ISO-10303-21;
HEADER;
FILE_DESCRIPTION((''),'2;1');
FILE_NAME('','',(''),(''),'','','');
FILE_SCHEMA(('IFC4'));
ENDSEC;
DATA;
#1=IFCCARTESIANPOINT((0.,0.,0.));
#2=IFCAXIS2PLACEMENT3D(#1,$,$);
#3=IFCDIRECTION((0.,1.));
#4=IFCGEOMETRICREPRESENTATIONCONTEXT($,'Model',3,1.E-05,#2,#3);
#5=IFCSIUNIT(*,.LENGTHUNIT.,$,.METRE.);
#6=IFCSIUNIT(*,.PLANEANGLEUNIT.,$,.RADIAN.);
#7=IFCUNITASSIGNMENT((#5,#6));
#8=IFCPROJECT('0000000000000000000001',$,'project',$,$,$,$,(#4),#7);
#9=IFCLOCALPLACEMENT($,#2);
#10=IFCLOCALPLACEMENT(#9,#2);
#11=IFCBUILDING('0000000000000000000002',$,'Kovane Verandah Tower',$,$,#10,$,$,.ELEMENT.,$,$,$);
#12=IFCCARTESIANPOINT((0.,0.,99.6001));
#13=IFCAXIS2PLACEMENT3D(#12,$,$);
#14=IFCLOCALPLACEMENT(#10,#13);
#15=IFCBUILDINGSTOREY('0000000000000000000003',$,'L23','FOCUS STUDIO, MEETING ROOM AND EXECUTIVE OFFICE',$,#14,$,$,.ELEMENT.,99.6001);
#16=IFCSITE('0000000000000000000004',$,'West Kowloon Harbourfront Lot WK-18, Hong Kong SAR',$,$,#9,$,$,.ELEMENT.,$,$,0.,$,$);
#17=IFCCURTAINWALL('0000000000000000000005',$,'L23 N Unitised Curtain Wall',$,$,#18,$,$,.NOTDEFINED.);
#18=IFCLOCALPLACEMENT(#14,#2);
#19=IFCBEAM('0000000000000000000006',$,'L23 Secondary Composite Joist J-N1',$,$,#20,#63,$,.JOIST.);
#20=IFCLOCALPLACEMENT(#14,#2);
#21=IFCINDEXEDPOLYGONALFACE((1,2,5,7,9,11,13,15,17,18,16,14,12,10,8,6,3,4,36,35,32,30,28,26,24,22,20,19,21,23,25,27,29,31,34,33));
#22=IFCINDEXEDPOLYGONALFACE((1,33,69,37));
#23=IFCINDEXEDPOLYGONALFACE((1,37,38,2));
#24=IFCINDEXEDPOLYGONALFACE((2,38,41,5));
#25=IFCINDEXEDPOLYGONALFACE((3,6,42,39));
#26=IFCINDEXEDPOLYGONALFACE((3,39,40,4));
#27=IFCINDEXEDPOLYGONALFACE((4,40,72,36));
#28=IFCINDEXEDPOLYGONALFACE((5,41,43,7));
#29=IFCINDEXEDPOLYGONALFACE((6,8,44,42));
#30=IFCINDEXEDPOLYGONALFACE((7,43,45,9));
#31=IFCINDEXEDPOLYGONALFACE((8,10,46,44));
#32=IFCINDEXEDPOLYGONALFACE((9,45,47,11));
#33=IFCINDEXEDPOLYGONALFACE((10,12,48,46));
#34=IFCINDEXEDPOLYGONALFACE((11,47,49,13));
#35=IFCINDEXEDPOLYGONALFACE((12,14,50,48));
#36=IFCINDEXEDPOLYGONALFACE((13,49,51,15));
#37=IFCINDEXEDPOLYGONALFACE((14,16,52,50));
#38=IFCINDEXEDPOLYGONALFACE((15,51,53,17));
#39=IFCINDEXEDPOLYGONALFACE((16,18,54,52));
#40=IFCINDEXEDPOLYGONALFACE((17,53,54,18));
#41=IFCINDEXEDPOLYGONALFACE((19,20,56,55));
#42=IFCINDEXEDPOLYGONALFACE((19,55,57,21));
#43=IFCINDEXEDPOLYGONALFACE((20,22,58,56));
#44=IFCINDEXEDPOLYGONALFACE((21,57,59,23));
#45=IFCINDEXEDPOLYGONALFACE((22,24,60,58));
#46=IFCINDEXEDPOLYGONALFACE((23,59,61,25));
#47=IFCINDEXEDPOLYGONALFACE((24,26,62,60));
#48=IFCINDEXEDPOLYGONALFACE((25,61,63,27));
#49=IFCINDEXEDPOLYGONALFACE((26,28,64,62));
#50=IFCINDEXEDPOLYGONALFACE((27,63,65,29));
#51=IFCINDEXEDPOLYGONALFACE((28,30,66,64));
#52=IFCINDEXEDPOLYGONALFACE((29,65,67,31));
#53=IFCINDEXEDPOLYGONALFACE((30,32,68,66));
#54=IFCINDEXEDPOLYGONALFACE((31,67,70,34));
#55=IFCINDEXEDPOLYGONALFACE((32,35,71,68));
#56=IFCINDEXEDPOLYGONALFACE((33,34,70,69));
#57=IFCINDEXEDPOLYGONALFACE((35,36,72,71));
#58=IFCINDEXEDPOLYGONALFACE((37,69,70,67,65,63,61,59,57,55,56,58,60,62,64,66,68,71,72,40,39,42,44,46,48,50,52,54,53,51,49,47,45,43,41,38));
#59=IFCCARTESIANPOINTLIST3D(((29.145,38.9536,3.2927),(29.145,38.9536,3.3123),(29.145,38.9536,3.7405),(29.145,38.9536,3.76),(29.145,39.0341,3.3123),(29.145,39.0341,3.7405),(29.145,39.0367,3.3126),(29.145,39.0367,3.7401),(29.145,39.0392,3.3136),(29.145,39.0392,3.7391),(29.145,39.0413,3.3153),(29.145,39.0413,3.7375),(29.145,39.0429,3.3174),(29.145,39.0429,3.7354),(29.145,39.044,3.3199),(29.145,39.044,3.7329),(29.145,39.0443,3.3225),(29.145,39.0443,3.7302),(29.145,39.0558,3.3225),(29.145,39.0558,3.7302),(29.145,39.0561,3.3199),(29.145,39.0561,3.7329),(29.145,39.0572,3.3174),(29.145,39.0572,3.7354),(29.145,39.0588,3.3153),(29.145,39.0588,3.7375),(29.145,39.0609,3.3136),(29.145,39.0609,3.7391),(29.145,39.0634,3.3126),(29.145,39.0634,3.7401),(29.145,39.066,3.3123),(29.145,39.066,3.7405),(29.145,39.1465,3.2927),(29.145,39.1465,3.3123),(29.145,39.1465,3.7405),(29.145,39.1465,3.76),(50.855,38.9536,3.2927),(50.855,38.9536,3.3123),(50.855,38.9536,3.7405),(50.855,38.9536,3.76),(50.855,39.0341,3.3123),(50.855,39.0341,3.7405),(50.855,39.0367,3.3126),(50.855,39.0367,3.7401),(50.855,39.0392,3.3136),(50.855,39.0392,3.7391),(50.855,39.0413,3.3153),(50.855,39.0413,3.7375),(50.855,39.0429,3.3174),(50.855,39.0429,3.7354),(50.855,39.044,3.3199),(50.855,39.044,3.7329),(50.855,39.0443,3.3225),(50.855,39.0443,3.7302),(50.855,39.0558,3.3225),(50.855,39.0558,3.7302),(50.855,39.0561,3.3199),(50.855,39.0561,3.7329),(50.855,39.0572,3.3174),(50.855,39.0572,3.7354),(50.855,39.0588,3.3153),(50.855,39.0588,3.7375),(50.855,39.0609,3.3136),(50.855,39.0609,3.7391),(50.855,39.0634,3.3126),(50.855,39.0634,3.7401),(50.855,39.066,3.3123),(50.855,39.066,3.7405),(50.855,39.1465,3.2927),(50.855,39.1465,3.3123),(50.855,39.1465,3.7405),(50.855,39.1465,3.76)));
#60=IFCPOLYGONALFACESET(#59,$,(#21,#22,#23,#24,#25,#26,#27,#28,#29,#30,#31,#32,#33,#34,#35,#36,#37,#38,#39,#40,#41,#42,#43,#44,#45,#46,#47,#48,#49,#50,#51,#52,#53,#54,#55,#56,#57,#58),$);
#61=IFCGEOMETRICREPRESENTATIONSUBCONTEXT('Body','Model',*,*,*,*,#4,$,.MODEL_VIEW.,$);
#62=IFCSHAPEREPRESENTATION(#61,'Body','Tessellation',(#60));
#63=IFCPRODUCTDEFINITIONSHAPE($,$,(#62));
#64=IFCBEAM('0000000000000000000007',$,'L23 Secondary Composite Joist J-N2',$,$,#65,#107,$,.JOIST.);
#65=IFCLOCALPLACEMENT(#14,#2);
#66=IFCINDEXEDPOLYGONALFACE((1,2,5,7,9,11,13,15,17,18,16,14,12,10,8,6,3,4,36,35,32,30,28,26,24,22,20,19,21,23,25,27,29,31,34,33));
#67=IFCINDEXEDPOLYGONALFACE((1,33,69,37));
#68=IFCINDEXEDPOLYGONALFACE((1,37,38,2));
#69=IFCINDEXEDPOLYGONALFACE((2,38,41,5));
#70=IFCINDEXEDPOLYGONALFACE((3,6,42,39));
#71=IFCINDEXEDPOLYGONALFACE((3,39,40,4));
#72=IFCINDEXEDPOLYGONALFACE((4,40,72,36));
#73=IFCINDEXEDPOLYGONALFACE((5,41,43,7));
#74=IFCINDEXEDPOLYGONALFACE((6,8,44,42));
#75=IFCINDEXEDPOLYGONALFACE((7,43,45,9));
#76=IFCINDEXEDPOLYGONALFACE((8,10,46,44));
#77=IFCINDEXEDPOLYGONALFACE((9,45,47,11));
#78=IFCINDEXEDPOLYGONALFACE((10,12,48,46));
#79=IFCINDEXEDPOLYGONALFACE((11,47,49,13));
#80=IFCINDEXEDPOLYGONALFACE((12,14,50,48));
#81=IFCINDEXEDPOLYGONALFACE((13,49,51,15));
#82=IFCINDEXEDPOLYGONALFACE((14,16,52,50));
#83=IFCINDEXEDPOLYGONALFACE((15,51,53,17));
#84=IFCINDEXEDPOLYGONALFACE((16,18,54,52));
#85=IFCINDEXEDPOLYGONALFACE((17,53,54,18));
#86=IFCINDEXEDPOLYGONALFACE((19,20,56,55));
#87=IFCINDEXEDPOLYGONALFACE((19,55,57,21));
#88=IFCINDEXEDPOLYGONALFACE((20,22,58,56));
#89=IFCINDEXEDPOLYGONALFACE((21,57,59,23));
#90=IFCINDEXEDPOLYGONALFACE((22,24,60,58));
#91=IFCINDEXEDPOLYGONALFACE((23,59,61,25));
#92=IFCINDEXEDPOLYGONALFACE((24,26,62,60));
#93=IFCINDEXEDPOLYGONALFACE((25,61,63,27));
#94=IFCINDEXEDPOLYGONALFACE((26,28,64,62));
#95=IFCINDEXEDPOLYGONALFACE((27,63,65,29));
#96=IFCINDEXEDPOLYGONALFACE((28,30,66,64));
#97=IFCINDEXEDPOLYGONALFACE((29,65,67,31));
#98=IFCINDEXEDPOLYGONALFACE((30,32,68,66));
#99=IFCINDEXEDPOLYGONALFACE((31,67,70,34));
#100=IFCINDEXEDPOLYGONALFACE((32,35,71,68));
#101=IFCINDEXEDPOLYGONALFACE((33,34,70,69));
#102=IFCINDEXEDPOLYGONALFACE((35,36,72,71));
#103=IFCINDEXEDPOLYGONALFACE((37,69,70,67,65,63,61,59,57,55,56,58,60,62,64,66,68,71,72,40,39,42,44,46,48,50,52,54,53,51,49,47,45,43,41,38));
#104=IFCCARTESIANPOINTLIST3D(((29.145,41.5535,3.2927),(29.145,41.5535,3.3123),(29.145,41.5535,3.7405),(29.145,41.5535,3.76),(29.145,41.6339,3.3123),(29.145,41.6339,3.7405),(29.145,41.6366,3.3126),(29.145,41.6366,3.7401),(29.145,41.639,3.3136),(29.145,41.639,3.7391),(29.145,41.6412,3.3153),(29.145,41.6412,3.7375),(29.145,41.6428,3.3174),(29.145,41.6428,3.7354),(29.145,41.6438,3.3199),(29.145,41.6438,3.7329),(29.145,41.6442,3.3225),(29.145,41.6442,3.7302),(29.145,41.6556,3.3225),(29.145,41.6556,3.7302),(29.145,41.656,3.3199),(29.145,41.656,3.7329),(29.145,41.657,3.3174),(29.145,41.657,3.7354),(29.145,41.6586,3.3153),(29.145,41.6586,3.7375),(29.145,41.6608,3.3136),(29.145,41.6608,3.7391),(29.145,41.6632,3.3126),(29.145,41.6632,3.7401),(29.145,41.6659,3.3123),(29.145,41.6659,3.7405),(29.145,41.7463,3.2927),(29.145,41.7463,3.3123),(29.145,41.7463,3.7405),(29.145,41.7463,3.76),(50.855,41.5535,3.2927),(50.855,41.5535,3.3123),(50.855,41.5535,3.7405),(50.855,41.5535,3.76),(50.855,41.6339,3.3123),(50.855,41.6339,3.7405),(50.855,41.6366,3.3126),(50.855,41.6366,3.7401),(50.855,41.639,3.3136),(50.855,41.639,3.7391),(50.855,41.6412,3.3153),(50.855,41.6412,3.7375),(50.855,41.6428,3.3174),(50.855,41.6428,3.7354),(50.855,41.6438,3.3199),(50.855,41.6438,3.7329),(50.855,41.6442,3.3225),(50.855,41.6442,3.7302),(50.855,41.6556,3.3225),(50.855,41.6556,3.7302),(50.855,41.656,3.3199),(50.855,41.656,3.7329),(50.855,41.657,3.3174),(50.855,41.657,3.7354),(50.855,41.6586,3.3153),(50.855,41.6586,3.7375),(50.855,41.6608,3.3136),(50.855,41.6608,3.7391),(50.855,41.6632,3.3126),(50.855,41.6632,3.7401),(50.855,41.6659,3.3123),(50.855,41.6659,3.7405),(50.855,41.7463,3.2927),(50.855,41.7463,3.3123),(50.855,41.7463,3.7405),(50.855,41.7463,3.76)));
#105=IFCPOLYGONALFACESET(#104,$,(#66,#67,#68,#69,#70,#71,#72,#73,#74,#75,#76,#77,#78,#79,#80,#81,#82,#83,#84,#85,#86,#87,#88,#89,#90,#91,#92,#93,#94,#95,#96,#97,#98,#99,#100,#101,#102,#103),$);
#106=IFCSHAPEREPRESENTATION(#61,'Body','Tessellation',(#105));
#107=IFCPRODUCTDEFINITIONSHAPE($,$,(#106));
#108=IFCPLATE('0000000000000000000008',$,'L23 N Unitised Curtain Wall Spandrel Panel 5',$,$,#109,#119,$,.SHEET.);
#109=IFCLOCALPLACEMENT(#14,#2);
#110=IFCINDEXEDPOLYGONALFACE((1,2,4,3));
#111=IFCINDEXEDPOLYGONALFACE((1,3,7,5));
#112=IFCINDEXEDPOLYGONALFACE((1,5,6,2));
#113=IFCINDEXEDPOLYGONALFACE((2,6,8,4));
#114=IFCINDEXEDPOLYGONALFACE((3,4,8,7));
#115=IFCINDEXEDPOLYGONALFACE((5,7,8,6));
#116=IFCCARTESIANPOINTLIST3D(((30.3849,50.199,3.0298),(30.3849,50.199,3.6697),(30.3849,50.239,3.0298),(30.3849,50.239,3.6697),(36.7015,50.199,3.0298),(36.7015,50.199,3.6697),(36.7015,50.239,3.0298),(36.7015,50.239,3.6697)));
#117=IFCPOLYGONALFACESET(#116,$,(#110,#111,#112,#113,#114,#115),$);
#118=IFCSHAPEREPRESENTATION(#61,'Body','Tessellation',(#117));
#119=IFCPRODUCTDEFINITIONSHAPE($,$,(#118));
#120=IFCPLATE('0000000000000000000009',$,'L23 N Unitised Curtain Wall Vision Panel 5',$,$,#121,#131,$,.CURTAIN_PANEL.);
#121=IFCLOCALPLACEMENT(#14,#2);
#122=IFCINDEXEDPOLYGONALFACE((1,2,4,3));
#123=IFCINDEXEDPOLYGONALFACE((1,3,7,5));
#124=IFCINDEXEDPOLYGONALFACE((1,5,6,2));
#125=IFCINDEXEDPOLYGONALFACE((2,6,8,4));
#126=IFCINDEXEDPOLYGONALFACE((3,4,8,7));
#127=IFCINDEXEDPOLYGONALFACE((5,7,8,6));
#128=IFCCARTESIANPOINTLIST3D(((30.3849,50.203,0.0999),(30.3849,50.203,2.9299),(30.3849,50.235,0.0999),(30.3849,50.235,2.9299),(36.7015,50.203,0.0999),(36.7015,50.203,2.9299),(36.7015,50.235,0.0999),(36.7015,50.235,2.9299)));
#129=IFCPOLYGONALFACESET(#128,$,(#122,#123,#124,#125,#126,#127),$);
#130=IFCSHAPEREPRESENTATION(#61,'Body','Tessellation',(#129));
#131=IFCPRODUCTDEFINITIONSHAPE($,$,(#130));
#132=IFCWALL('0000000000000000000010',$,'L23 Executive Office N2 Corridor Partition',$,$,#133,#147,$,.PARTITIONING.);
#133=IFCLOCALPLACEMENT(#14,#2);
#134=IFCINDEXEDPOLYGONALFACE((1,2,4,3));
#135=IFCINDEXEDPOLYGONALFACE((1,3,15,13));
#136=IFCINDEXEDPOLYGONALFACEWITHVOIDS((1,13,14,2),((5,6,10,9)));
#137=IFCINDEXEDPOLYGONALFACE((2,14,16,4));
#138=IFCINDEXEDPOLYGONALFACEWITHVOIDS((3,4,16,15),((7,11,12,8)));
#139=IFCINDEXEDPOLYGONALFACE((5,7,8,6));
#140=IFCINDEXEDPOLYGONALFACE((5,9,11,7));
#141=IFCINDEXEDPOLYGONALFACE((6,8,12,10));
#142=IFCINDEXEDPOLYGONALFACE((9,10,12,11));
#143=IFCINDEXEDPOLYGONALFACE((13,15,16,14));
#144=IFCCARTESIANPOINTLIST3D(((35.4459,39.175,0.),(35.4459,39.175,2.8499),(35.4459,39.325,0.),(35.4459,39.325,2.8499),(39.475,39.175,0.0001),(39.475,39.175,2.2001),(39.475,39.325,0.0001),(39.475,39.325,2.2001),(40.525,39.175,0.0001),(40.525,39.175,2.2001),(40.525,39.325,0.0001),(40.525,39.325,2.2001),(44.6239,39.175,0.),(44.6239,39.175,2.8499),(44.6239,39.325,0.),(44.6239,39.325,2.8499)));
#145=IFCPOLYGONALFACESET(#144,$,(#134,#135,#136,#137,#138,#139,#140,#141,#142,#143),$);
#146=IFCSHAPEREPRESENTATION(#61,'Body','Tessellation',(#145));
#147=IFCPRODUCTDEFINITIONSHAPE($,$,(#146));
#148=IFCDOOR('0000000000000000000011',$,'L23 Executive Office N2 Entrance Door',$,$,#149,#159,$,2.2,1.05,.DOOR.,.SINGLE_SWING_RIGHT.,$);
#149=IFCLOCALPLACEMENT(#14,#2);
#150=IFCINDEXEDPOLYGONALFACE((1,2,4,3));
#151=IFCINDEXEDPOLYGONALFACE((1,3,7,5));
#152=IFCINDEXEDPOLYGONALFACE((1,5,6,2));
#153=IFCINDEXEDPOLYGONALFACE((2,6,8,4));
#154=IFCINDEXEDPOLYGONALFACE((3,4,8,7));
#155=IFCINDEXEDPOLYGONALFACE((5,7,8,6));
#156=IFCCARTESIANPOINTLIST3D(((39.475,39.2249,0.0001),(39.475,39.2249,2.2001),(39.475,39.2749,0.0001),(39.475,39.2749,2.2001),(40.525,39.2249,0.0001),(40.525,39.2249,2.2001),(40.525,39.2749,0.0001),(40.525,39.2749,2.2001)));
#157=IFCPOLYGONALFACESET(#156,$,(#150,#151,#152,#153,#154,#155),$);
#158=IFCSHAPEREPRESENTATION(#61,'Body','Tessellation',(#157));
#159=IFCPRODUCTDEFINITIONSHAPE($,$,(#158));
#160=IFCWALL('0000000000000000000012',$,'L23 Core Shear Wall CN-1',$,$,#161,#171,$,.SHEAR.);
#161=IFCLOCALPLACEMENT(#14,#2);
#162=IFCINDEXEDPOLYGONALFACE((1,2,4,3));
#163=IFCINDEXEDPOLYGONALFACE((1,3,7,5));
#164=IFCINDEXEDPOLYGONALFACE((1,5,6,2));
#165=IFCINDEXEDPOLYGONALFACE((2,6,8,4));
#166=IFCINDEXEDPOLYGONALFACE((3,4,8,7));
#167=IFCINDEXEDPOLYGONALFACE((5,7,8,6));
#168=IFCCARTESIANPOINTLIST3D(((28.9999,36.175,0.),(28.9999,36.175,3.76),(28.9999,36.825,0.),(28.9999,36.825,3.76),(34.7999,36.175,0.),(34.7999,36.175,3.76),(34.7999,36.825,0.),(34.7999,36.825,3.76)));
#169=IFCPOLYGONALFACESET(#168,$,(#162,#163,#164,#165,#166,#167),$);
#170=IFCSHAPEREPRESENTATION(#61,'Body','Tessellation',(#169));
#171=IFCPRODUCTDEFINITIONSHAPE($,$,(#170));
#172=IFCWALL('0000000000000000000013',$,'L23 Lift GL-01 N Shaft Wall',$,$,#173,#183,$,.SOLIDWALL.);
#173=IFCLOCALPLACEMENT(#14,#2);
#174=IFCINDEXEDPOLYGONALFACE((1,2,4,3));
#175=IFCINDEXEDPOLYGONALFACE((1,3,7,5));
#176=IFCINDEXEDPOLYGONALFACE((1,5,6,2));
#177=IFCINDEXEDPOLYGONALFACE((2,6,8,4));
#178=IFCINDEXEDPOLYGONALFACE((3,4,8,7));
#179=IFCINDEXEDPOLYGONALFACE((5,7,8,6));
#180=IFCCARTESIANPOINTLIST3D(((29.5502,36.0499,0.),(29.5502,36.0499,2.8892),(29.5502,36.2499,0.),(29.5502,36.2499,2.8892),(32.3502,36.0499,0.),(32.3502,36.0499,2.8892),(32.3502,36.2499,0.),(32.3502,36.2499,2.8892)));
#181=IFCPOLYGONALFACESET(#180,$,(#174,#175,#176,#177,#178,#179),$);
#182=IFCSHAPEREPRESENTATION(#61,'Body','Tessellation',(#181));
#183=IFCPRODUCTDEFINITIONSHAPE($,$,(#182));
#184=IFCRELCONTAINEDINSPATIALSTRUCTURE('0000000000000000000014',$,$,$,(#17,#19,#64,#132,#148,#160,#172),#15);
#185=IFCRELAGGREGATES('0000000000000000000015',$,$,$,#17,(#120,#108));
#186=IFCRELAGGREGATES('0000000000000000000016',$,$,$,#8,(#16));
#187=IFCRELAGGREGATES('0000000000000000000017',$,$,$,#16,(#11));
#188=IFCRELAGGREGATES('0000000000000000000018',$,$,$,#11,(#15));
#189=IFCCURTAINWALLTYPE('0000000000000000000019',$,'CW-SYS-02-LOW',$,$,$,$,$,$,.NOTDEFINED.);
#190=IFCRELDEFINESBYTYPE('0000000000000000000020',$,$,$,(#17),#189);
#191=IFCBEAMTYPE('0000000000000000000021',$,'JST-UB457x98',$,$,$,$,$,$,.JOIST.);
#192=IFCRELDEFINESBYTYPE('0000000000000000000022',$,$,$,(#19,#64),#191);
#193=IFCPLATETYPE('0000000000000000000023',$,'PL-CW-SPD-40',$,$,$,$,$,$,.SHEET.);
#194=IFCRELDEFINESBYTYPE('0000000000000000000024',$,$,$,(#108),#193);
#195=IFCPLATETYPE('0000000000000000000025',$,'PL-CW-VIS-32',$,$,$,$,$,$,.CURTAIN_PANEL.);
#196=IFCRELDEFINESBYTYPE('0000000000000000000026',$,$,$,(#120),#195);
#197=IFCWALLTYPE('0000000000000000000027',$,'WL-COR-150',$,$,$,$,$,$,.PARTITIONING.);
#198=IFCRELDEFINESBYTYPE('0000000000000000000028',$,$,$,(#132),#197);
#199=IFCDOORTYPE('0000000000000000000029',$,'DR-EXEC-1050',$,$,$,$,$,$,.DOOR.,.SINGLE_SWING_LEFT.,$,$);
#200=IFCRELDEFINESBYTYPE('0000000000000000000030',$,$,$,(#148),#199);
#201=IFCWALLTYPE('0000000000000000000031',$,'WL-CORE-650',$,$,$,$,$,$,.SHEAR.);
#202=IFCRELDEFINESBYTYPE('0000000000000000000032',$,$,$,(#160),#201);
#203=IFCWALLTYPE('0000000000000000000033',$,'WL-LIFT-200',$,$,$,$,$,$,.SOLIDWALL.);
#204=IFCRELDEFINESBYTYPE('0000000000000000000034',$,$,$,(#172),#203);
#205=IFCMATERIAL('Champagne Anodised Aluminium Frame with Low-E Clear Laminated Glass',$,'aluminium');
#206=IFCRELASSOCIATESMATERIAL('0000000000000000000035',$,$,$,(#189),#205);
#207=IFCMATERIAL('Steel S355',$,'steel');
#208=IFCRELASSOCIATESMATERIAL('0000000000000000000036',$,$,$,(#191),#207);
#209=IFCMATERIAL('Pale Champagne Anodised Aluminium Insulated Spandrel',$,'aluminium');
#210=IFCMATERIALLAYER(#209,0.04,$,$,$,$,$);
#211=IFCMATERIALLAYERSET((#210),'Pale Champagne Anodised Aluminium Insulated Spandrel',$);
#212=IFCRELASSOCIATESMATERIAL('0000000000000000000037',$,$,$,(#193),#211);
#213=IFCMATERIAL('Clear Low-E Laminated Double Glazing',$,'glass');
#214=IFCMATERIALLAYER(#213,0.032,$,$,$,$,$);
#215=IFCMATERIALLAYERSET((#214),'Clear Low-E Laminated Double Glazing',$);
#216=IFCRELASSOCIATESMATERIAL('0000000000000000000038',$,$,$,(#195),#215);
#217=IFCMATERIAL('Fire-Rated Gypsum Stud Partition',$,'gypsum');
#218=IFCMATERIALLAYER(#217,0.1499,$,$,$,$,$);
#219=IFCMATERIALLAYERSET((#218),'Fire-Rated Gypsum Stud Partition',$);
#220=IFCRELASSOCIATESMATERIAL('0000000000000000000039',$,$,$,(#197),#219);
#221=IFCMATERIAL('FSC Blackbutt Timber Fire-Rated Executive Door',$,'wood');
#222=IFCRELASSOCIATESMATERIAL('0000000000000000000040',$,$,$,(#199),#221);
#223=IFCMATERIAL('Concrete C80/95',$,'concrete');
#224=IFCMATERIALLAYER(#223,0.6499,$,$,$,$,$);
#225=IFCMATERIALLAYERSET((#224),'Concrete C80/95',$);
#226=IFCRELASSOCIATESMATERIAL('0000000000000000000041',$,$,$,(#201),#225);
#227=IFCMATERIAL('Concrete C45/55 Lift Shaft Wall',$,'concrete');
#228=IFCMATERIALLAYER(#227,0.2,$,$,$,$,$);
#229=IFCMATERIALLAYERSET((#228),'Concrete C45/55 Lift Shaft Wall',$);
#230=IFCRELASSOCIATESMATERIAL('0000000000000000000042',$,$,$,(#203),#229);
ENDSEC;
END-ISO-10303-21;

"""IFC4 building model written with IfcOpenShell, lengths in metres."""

from ifc_helpers import new_model, si_unit, direction, frame, frame_2d, origin, origin_2d, place, context, subcontext, project, spatial, rectangle, i_section, extrude, material, layer, layer_set, material_profile, profile_set, type_object, element, fill, aggregate, save


model = new_model("IFC4")

# Units and contexts
model_context = context("Model", 3, precision=1e-05, world=origin(), true_north=direction((0.0, 1.0)))
body_context = subcontext(model_context, "Body", "Model", "MODEL_VIEW")
ifc_project = project(units=[si_unit("LENGTHUNIT", "METRE"), si_unit("PLANEANGLEUNIT", "RADIAN")], contexts=[model_context])

# Site, building, storey
site_placement = place(None, origin())
site = spatial("IfcSite", under=ifc_project, at=site_placement, Name="West Kowloon Harbourfront Lot WK-18, Hong Kong SAR", CompositionType="ELEMENT", RefElevation=0.0)
building_placement = place(site_placement, origin())
building = spatial("IfcBuilding", under=site, at=building_placement, Name="Kovane Verandah Tower", CompositionType="ELEMENT")
storey_placement = place(building_placement, frame((0.0, 0.0, 99.6001)))
storey = spatial("IfcBuildingStorey", under=building, at=storey_placement, Name="L23", Description="FOCUS STUDIO, MEETING ROOM AND EXECUTIVE OFFICE", CompositionType="ELEMENT", Elevation=99.6001)

# Shared definitions
ifc_material_1 = material(Name="Concrete C80/95", Category="concrete")

# Shared definitions
ifc_material_2 = material(Name="Steel S355", Category="steel")

# Curtain wall
ifc_material_3 = material(Name="Champagne Anodised Aluminium Frame with Low-E Clear Laminated Glass", Category="aluminium")
curtain_wall_type = type_object("IfcCurtainWallType", Name="CW-SYS-02-LOW", PredefinedType="NOTDEFINED", material=ifc_material_3)
curtain_wall_placement = place(storey_placement, origin())
curtain_wall = element("IfcCurtainWall", 1, at=curtain_wall_placement, inside=storey, type_object=curtain_wall_type, Name="L23 N Unitised Curtain Wall", PredefinedType="NOTDEFINED")

# Beams
ifc_material_profile_1 = material_profile(ifc_material_2, i_section(OverallWidth=0.1929, OverallDepth=0.4673, WebThickness=0.0115, FlangeThickness=0.0195, FilletRadius=0.0103, at=origin_2d()), Name="UB457x191x98")
ifc_profile_set_1 = profile_set([ifc_material_profile_1], Name="Steel S355")
beam_type_1 = type_object("IfcBeamType", Name="JST-UB457x98", PredefinedType="JOIST", material=ifc_profile_set_1)
for number, where, z_axis, x_axis, name in (
    (2, (29.145, 39.05, 3.5264), (1.0, 0.0, 0.0), (0.0, 1.0, 0.0), "L23 Secondary Composite Joist J-N1"),
    (3, (29.145, 41.6499, 3.5264), (1.0, 0.0, 0.0), (0.0, 1.0, 0.0), "L23 Secondary Composite Joist J-N2"),
):
    element("IfcBeam", number, at=place(storey_placement, frame(where, z_axis=z_axis, x_axis=x_axis)), inside=storey, type_object=beam_type_1, Name=name, PredefinedType="JOIST", context=body_context, shape_type="SweptSolid", body=[
        extrude(i_section(OverallWidth=0.1929, OverallDepth=0.4673, WebThickness=0.0115, FlangeThickness=0.0195, FilletRadius=0.0103, at=origin_2d()), origin(), (0.0, 0.0, 1.0), 21.71),
    ])

# Plates
ifc_material_4 = material(Name="Pale Champagne Anodised Aluminium Insulated Spandrel", Category="aluminium")
ifc_layer_1 = layer(ifc_material_4, 0.04)
ifc_layer_set_1 = layer_set([ifc_layer_1], Name="Pale Champagne Anodised Aluminium Insulated Spandrel")
plate_type_1 = type_object("IfcPlateType", Name="PL-CW-SPD-40", PredefinedType="SHEET", material=ifc_layer_set_1)
plate_1_placement = place(storey_placement, frame((33.5432, 50.219, 3.0298), z_axis=(0.0, 0.0, 1.0), x_axis=(-1.0, 0.0, 0.0)))
plate_1 = element("IfcPlate", 4, at=plate_1_placement, type_object=plate_type_1, Name="L23 N Unitised Curtain Wall Spandrel Panel 5", PredefinedType="SHEET", context=body_context, shape_type="SweptSolid", body=[
    extrude(rectangle(XDim=6.3167, YDim=0.04, at=origin_2d()), origin(), (0.0, 0.0, 1.0), 0.6399),
])
ifc_material_5 = material(Name="Clear Low-E Laminated Double Glazing", Category="glass")
ifc_layer_2 = layer(ifc_material_5, 0.032)
ifc_layer_set_2 = layer_set([ifc_layer_2], Name="Clear Low-E Laminated Double Glazing")
plate_type_2 = type_object("IfcPlateType", Name="PL-CW-VIS-32", PredefinedType="CURTAIN_PANEL", material=ifc_layer_set_2)
plate_2_placement = place(storey_placement, frame((33.5432, 50.219, 0.0999), z_axis=(0.0, 0.0, 1.0), x_axis=(-1.0, 0.0, 0.0)))
plate_2 = element("IfcPlate", 5, at=plate_2_placement, type_object=plate_type_2, Name="L23 N Unitised Curtain Wall Vision Panel 5", PredefinedType="CURTAIN_PANEL", context=body_context, shape_type="SweptSolid", body=[
    extrude(rectangle(XDim=6.3167, YDim=0.032, at=origin_2d()), origin(), (0.0, 0.0, 1.0), 2.8301),
])
aggregate(curtain_wall, [plate_2, plate_1])

# Wall, opening, door
ifc_material_6 = material(Name="Fire-Rated Gypsum Stud Partition", Category="gypsum")
ifc_layer_3 = layer(ifc_material_6, 0.1499)
ifc_layer_set_3 = layer_set([ifc_layer_3], Name="Fire-Rated Gypsum Stud Partition")
wall_type_1 = type_object("IfcWallType", Name="WL-COR-150", PredefinedType="PARTITIONING", material=ifc_layer_set_3)
wall_1_placement = place(storey_placement, frame((35.446, 39.25, 0.0), z_axis=(0.0, 0.0, 1.0), x_axis=(1.0, 0.0, 0.0)))
wall_1 = element("IfcWall", 6, at=wall_1_placement, inside=storey, type_object=wall_type_1, Name="L23 Executive Office N2 Corridor Partition", PredefinedType="PARTITIONING", context=body_context, shape_type="SweptSolid", body=[
    extrude(rectangle(XDim=9.178, YDim=0.1499, at=frame_2d((4.5889, 0.0))), origin(), (0.0, 0.0, 1.0), 2.8499),
])
opening_placement = place(wall_1_placement, frame((4.0291, 0.0, 0.0)))
opening = element("IfcOpeningElement", 7, at=opening_placement, cuts=wall_1, PredefinedType="OPENING", context=body_context, shape_type="SweptSolid", body=[
    extrude(rectangle(XDim=1.05, YDim=2.2, at=frame_2d((0.5249, 1.1001))), frame((0.0, 0.075, 0.0), z_axis=(0.0, -1.0, 0.0), x_axis=(1.0, 0.0, 0.0)), (0.0, 0.0, 1.0), 0.1499),
])
ifc_material_7 = material(Name="FSC Blackbutt Timber Fire-Rated Executive Door", Category="wood")
door_type = type_object("IfcDoorType", Name="DR-EXEC-1050", OperationType="SINGLE_SWING_LEFT", PredefinedType="DOOR", material=ifc_material_7)
door_placement = place(opening_placement, origin())
door = element("IfcDoor", 8, at=door_placement, inside=storey, type_object=door_type, Name="L23 Executive Office N2 Entrance Door", OperationType="SINGLE_SWING_RIGHT", OverallHeight=2.2, OverallWidth=1.05, PredefinedType="DOOR", context=body_context, shape_type="SweptSolid", body=[
    extrude(rectangle(XDim=1.05, YDim=2.2, at=frame_2d((0.5249, 1.1001))), frame((0.0, 0.0249, 0.0), z_axis=(0.0, -1.0, 0.0), x_axis=(1.0, 0.0, 0.0)), (0.0, 0.0, 1.0), 0.05),
])
fill(opening, door)

# Walls
ifc_layer_4 = layer(ifc_material_1, 0.6499)
ifc_layer_set_4 = layer_set([ifc_layer_4], Name="Concrete C80/95")
wall_type_2 = type_object("IfcWallType", Name="WL-CORE-650", PredefinedType="SHEAR", material=ifc_layer_set_4)
wall_2_placement = place(storey_placement, frame((29.0, 36.5, 0.0), z_axis=(0.0, 0.0, 1.0), x_axis=(1.0, 0.0, 0.0)))
element("IfcWall", 9, at=wall_2_placement, inside=storey, type_object=wall_type_2, Name="L23 Core Shear Wall CN-1", PredefinedType="SHEAR", context=body_context, shape_type="SweptSolid", body=[
    extrude(rectangle(XDim=5.8, YDim=0.6499, at=frame_2d((2.8999, 0.0))), origin(), (0.0, 0.0, 1.0), 3.76),
])
ifc_material_8 = material(Name="Concrete C45/55 Lift Shaft Wall", Category="concrete")
ifc_layer_5 = layer(ifc_material_8, 0.2)
ifc_layer_set_5 = layer_set([ifc_layer_5], Name="Concrete C45/55 Lift Shaft Wall")
wall_type_3 = type_object("IfcWallType", Name="WL-LIFT-200", PredefinedType="SOLIDWALL", material=ifc_layer_set_5)
wall_3_placement = place(storey_placement, frame((32.3501, 36.1499, 0.0), z_axis=(0.0, 0.0, 1.0), x_axis=(-1.0, 0.0, 0.0)))
element("IfcWall", 10, at=wall_3_placement, inside=storey, type_object=wall_type_3, Name="L23 Lift GL-01 N Shaft Wall", PredefinedType="SOLIDWALL", context=body_context, shape_type="SweptSolid", body=[
    extrude(rectangle(XDim=2.8, YDim=0.2, at=frame_2d((1.3999, 0.0))), origin(), (0.0, 0.0, 1.0), 2.8892),
])

save(model, "model.ifc")
